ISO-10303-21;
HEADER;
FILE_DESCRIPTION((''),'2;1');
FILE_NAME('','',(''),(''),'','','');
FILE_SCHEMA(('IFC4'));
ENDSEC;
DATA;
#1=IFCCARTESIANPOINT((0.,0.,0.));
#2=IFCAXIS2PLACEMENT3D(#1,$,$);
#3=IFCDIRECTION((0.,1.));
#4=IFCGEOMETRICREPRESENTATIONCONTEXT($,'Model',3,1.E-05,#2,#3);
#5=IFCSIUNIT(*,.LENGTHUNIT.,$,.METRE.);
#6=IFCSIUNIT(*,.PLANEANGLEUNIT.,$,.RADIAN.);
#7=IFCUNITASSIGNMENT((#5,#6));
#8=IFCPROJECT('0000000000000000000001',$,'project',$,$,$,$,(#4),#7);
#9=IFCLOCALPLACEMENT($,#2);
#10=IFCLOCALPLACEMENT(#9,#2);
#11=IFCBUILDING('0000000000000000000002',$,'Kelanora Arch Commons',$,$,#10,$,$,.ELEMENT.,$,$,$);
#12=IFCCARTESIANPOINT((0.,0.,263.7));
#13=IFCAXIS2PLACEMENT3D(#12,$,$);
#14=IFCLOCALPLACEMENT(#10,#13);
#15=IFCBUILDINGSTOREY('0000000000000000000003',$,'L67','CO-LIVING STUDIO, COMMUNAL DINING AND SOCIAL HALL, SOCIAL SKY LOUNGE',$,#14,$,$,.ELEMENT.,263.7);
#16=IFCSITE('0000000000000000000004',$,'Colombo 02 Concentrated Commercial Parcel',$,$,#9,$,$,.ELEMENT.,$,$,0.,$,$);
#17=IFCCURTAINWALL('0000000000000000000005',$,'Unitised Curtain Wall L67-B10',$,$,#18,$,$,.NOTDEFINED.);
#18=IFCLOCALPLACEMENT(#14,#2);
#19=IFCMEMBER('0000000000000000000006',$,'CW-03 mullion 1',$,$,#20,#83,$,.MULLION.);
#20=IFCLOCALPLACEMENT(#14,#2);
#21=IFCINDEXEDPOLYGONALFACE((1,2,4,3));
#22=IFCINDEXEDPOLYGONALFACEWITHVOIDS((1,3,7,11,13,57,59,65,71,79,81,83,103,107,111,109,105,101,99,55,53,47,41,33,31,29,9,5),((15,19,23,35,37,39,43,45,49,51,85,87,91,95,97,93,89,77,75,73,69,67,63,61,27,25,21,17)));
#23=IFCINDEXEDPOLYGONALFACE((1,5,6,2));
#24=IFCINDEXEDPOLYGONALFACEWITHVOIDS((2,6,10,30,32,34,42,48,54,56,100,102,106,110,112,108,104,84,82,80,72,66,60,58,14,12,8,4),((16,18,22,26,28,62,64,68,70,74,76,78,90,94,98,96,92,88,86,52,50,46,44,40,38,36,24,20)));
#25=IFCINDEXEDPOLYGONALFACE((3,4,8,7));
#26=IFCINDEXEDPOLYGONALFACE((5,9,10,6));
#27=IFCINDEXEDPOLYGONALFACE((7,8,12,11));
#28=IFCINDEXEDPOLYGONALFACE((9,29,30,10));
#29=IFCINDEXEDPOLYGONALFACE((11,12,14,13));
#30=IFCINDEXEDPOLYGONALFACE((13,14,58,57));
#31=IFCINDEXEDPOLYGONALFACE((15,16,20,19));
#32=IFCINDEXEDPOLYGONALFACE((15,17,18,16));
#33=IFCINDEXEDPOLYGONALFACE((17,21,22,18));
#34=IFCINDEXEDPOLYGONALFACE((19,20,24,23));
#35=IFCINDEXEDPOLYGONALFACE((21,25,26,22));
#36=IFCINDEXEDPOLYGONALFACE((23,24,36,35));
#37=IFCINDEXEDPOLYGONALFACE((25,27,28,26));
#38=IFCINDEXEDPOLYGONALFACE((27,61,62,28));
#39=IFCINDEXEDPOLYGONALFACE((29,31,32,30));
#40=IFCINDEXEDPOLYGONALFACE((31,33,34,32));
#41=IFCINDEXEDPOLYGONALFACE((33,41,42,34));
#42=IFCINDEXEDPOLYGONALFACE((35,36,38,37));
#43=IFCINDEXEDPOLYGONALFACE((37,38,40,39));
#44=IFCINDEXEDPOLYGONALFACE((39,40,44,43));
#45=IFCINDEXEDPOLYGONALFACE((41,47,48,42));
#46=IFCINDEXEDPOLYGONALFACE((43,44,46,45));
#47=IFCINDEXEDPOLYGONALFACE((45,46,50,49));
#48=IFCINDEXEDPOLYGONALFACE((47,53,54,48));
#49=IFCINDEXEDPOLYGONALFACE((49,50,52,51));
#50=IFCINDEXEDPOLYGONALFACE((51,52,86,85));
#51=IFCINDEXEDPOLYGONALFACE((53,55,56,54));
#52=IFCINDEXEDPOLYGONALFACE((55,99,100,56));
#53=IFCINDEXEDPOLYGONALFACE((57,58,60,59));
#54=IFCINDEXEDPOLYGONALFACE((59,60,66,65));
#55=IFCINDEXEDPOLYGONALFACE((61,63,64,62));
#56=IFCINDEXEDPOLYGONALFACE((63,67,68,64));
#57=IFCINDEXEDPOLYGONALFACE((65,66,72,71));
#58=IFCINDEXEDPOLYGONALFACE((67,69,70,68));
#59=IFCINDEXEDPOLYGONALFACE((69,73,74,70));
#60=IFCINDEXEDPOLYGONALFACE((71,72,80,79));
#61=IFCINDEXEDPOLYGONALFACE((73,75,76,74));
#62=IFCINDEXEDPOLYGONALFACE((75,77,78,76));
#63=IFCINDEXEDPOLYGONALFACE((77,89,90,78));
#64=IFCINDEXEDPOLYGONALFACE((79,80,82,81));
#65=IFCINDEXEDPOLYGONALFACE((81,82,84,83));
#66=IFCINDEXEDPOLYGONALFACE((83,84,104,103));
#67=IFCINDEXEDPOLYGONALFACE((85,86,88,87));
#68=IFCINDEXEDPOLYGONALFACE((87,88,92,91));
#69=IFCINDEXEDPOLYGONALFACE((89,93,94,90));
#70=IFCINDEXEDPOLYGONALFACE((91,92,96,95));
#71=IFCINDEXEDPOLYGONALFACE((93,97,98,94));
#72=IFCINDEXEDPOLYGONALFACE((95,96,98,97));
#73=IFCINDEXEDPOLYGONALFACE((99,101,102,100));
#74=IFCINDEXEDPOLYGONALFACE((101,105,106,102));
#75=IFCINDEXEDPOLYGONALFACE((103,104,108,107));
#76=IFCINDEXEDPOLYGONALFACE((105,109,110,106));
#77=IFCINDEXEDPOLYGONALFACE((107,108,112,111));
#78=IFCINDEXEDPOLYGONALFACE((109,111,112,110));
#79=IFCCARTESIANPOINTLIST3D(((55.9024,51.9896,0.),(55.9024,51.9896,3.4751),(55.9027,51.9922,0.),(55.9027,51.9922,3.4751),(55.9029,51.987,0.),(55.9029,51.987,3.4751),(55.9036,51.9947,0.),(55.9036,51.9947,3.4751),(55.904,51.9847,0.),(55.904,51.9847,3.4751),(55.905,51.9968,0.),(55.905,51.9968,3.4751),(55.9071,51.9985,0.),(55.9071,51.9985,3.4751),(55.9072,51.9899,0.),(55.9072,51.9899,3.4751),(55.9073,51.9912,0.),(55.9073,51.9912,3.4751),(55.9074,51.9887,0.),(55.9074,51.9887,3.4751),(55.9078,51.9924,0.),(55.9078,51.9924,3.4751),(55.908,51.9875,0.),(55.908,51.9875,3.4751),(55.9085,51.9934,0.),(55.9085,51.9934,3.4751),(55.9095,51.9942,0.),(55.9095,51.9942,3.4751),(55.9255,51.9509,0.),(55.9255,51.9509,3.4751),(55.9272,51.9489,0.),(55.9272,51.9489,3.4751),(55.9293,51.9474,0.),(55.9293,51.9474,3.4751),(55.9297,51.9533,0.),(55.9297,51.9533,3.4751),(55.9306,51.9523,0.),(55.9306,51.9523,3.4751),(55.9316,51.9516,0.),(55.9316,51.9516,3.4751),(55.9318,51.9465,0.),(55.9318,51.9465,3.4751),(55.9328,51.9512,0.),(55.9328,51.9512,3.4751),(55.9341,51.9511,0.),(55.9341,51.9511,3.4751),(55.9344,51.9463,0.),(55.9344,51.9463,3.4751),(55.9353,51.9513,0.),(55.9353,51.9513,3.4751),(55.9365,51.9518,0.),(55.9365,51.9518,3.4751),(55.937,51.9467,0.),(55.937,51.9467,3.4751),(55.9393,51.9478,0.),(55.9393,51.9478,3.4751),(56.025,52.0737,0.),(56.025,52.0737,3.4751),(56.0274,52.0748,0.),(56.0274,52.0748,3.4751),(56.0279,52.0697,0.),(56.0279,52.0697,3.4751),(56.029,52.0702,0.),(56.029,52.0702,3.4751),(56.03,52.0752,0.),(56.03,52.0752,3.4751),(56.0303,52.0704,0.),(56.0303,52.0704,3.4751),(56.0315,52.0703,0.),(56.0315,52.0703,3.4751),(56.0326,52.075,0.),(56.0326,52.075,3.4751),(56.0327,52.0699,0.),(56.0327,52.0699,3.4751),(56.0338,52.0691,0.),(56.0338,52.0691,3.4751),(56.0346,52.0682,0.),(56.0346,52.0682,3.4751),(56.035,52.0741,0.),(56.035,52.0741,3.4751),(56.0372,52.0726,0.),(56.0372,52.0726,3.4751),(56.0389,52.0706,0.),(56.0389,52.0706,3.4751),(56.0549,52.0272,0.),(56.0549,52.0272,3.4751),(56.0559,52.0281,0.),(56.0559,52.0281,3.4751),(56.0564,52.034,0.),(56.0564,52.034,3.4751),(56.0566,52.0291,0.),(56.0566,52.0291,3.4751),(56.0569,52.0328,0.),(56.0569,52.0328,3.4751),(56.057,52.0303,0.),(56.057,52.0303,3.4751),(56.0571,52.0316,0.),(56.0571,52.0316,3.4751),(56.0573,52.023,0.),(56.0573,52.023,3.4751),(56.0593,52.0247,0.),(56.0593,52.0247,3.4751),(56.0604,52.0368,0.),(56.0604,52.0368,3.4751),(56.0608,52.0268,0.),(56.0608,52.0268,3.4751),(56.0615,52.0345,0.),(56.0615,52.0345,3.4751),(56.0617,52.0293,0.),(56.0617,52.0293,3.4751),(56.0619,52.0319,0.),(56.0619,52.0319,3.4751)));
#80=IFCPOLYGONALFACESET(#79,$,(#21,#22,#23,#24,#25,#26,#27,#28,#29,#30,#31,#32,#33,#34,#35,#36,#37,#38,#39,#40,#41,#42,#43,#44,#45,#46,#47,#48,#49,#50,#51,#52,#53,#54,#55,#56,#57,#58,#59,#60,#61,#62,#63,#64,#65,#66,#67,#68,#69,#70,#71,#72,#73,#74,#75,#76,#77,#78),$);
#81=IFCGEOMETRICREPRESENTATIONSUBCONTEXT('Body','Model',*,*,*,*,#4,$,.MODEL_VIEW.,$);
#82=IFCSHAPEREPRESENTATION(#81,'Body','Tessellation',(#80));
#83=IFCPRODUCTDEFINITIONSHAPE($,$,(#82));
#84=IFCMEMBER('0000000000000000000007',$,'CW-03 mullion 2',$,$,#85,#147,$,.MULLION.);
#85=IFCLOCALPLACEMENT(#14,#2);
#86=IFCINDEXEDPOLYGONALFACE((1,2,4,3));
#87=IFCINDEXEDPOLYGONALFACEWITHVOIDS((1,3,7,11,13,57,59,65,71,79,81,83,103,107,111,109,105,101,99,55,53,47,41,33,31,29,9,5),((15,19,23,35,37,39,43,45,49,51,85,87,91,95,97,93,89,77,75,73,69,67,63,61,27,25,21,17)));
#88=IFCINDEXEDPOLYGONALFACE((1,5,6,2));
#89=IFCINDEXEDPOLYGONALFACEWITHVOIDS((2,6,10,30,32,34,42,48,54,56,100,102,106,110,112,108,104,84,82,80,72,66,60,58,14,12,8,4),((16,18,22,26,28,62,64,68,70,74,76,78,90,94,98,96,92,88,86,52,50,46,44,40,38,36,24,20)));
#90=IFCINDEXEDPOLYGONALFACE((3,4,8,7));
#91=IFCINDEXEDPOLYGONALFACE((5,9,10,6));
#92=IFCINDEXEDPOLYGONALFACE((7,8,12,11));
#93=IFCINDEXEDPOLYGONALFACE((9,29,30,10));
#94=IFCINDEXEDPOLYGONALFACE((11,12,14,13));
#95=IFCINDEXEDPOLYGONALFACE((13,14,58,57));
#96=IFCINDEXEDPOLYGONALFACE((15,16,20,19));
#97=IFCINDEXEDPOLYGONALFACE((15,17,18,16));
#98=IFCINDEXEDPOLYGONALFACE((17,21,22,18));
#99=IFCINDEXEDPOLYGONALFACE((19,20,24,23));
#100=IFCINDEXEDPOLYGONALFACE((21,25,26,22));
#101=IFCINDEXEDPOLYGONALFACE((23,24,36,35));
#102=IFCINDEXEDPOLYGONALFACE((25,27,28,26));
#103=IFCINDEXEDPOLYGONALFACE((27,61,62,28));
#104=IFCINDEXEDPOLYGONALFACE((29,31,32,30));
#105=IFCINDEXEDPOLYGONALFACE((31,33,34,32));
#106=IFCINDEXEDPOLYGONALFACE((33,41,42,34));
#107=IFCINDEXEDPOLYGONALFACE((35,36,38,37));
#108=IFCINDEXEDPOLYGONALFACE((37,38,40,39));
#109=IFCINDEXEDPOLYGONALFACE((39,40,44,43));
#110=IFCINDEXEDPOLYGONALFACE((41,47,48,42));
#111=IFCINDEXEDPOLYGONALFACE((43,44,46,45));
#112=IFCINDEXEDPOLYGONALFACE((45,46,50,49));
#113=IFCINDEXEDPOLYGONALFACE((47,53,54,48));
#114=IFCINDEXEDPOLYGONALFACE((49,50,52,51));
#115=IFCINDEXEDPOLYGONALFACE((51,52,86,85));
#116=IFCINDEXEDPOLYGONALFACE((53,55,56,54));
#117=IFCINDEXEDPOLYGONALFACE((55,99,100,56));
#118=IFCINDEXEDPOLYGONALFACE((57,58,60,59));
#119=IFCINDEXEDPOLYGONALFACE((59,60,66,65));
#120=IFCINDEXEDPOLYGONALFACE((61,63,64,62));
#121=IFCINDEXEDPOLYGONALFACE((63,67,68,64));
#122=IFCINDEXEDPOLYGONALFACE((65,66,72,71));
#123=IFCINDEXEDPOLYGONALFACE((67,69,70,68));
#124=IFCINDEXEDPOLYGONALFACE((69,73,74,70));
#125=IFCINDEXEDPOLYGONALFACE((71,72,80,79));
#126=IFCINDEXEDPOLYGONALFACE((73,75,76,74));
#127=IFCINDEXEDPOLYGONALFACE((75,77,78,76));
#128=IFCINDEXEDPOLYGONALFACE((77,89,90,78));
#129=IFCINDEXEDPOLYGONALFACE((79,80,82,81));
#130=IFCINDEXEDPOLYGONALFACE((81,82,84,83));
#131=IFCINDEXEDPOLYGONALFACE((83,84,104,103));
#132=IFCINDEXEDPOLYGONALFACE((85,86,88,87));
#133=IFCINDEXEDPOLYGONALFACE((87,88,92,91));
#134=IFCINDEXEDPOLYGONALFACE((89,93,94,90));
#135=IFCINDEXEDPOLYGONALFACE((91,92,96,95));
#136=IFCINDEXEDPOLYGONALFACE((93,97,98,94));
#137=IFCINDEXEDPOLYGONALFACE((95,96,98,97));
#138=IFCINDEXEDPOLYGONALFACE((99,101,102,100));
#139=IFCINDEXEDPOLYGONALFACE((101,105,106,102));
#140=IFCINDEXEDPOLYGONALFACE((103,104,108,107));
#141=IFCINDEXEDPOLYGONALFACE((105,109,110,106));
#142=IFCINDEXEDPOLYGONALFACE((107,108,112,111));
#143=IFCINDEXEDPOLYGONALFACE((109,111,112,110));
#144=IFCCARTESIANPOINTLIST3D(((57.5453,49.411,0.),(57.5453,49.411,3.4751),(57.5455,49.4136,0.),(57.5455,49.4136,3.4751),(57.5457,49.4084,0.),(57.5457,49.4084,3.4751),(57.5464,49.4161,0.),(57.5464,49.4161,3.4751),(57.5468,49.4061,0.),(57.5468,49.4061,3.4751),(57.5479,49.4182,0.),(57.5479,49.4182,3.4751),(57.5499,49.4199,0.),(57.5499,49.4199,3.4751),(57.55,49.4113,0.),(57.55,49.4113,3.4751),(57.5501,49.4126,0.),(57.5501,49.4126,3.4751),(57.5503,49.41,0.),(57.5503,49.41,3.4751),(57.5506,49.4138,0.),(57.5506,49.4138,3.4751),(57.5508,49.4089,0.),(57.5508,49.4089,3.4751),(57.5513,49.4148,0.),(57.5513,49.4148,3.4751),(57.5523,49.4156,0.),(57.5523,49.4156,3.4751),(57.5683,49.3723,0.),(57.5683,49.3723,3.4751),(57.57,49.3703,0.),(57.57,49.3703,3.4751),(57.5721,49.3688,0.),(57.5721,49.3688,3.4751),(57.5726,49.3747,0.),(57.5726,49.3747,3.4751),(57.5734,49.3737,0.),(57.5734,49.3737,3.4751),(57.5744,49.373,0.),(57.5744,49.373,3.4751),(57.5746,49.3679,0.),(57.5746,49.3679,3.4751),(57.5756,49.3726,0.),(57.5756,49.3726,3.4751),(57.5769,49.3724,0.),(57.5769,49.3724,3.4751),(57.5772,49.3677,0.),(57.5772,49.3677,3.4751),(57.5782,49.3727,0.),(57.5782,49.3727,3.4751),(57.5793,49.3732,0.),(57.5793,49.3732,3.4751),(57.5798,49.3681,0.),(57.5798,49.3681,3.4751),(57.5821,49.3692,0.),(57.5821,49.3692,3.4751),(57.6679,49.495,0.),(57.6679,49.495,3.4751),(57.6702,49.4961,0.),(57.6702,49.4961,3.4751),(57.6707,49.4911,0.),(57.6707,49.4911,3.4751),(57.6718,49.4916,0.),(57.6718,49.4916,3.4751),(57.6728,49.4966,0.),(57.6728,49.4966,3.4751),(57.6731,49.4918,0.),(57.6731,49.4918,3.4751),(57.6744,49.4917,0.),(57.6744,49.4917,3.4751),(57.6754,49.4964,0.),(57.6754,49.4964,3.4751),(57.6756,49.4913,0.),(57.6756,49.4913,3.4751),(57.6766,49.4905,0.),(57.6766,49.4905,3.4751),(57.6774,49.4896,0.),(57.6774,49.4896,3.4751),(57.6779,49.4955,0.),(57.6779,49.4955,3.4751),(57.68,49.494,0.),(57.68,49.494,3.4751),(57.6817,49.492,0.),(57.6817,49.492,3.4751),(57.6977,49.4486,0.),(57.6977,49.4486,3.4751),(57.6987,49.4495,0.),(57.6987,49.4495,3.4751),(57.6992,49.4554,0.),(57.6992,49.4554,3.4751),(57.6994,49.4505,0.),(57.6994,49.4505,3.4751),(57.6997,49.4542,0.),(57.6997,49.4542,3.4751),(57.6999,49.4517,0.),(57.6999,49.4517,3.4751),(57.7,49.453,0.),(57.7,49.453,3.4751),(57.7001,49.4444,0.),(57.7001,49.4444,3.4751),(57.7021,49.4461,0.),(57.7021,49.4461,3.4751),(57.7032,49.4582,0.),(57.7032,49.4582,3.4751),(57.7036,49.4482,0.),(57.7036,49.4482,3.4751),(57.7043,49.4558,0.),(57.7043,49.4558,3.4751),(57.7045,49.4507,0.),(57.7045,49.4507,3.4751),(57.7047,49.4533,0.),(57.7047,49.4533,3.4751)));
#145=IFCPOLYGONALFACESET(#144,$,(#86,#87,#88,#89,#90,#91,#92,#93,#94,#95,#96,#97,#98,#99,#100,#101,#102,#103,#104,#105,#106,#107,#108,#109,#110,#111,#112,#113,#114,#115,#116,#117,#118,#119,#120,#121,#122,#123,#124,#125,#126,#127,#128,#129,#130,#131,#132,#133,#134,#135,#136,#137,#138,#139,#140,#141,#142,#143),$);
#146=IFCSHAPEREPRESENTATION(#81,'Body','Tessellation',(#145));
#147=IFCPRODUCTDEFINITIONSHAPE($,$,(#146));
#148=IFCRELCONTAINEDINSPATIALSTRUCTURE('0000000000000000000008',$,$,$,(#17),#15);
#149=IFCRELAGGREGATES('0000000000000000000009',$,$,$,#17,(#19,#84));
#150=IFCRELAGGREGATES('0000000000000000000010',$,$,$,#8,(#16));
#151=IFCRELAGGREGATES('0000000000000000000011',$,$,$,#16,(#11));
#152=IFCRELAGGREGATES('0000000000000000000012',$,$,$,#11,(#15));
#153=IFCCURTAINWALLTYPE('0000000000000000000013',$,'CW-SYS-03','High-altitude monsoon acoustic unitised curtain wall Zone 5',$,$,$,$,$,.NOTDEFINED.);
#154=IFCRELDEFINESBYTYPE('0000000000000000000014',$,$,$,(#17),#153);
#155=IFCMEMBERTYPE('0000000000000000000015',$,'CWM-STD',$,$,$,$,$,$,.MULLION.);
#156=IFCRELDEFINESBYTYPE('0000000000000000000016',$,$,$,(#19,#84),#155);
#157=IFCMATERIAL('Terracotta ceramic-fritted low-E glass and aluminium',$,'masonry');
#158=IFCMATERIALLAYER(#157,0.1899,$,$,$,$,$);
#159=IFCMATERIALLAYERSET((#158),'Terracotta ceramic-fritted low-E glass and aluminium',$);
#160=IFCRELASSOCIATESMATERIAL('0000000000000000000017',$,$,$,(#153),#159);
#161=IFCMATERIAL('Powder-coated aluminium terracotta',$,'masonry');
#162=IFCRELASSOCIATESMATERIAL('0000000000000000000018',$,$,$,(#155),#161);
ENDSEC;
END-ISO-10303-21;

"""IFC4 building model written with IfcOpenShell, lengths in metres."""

from ifc_helpers import new_model, si_unit, direction, frame, origin, origin_2d, place, context, subcontext, project, spatial, hollow_rectangle, extrude, material, layer, layer_set, material_profile, profile_set, type_object, element, aggregate, save


model = new_model("IFC4")

# Units and contexts
model_context = context("Model", 3, precision=1e-05, world=origin(), true_north=direction((0.0, 1.0)))
body_context = subcontext(model_context, "Body", "Model", "MODEL_VIEW")
ifc_project = project(units=[si_unit("LENGTHUNIT", "METRE"), si_unit("PLANEANGLEUNIT", "RADIAN")], contexts=[model_context])

# Site, building, storey
site_placement = place(None, origin())
site = spatial("IfcSite", under=ifc_project, at=site_placement, Name="Colombo 02 Concentrated Commercial Parcel", CompositionType="ELEMENT", RefElevation=0.0)
building_placement = place(site_placement, origin())
building = spatial("IfcBuilding", under=site, at=building_placement, Name="Kelanora Arch Commons", CompositionType="ELEMENT")
storey_placement = place(building_placement, frame((0.0, 0.0, 263.7)))
storey = spatial("IfcBuildingStorey", under=building, at=storey_placement, Name="L67", Description="CO-LIVING STUDIO, COMMUNAL DINING AND SOCIAL HALL, SOCIAL SKY LOUNGE", CompositionType="ELEMENT", Elevation=263.7)

# Curtain wall, members
ifc_material_1 = material(Name="Terracotta ceramic-fritted low-E glass and aluminium", Category="masonry")
ifc_layer_1 = layer(ifc_material_1, 0.1899)
ifc_layer_set_1 = layer_set([ifc_layer_1], Name="Terracotta ceramic-fritted low-E glass and aluminium")
curtain_wall_type = type_object("IfcCurtainWallType", Name="CW-SYS-03", Description="High-altitude monsoon acoustic unitised curtain wall Zone 5", PredefinedType="NOTDEFINED", material=ifc_layer_set_1)
curtain_wall_placement = place(storey_placement, origin())
curtain_wall = element("IfcCurtainWall", 1, at=curtain_wall_placement, inside=storey, type_object=curtain_wall_type, Name="Unitised Curtain Wall L67-B10", PredefinedType="NOTDEFINED")
ifc_material_2 = material(Name="Powder-coated aluminium terracotta", Category="masonry")
ifc_material_profile_1 = material_profile(ifc_material_2, hollow_rectangle(XDim=0.1599, YDim=0.0601, WallThickness=0.0049, InnerFilletRadius=0.0049, OuterFilletRadius=0.01, at=origin_2d()), Name="CWM160x60")
ifc_profile_set_1 = profile_set([ifc_material_profile_1], Name="Powder-coated aluminium terracotta")
member_type_1 = type_object("IfcMemberType", Name="CWM-STD", PredefinedType="MULLION", material=ifc_profile_set_1)
member_1_placement = place(storey_placement, frame((55.9822, 52.0107, 0.0), z_axis=(0.0, 0.0, 1.0), x_axis=(0.843391, 0.5373, 0.0)))
member_1 = element("IfcMember", 2, at=member_1_placement, type_object=member_type_1, Name="CW-03 mullion 1", PredefinedType="MULLION", context=body_context, shape_type="SweptSolid", body=[
    extrude(hollow_rectangle(XDim=0.1599, YDim=0.0601, WallThickness=0.0049, InnerFilletRadius=0.0049, OuterFilletRadius=0.01, at=origin_2d()), origin(), (0.0, 0.0, 1.0), 3.4751),
])
member_2_placement = place(storey_placement, frame((57.625, 49.4321, 0.0), z_axis=(0.0, 0.0, 1.0), x_axis=(0.843391, 0.5373, 0.0)))
member_2 = element("IfcMember", 3, at=member_2_placement, type_object=member_type_1, Name="CW-03 mullion 2", PredefinedType="MULLION", context=body_context, shape_type="SweptSolid", body=[
    extrude(hollow_rectangle(XDim=0.1599, YDim=0.0601, WallThickness=0.0049, InnerFilletRadius=0.0049, OuterFilletRadius=0.01, at=origin_2d()), origin(), (0.0, 0.0, 1.0), 3.4751),
])

aggregate(curtain_wall, [member_1, member_2])

save(model, "model.ifc")
